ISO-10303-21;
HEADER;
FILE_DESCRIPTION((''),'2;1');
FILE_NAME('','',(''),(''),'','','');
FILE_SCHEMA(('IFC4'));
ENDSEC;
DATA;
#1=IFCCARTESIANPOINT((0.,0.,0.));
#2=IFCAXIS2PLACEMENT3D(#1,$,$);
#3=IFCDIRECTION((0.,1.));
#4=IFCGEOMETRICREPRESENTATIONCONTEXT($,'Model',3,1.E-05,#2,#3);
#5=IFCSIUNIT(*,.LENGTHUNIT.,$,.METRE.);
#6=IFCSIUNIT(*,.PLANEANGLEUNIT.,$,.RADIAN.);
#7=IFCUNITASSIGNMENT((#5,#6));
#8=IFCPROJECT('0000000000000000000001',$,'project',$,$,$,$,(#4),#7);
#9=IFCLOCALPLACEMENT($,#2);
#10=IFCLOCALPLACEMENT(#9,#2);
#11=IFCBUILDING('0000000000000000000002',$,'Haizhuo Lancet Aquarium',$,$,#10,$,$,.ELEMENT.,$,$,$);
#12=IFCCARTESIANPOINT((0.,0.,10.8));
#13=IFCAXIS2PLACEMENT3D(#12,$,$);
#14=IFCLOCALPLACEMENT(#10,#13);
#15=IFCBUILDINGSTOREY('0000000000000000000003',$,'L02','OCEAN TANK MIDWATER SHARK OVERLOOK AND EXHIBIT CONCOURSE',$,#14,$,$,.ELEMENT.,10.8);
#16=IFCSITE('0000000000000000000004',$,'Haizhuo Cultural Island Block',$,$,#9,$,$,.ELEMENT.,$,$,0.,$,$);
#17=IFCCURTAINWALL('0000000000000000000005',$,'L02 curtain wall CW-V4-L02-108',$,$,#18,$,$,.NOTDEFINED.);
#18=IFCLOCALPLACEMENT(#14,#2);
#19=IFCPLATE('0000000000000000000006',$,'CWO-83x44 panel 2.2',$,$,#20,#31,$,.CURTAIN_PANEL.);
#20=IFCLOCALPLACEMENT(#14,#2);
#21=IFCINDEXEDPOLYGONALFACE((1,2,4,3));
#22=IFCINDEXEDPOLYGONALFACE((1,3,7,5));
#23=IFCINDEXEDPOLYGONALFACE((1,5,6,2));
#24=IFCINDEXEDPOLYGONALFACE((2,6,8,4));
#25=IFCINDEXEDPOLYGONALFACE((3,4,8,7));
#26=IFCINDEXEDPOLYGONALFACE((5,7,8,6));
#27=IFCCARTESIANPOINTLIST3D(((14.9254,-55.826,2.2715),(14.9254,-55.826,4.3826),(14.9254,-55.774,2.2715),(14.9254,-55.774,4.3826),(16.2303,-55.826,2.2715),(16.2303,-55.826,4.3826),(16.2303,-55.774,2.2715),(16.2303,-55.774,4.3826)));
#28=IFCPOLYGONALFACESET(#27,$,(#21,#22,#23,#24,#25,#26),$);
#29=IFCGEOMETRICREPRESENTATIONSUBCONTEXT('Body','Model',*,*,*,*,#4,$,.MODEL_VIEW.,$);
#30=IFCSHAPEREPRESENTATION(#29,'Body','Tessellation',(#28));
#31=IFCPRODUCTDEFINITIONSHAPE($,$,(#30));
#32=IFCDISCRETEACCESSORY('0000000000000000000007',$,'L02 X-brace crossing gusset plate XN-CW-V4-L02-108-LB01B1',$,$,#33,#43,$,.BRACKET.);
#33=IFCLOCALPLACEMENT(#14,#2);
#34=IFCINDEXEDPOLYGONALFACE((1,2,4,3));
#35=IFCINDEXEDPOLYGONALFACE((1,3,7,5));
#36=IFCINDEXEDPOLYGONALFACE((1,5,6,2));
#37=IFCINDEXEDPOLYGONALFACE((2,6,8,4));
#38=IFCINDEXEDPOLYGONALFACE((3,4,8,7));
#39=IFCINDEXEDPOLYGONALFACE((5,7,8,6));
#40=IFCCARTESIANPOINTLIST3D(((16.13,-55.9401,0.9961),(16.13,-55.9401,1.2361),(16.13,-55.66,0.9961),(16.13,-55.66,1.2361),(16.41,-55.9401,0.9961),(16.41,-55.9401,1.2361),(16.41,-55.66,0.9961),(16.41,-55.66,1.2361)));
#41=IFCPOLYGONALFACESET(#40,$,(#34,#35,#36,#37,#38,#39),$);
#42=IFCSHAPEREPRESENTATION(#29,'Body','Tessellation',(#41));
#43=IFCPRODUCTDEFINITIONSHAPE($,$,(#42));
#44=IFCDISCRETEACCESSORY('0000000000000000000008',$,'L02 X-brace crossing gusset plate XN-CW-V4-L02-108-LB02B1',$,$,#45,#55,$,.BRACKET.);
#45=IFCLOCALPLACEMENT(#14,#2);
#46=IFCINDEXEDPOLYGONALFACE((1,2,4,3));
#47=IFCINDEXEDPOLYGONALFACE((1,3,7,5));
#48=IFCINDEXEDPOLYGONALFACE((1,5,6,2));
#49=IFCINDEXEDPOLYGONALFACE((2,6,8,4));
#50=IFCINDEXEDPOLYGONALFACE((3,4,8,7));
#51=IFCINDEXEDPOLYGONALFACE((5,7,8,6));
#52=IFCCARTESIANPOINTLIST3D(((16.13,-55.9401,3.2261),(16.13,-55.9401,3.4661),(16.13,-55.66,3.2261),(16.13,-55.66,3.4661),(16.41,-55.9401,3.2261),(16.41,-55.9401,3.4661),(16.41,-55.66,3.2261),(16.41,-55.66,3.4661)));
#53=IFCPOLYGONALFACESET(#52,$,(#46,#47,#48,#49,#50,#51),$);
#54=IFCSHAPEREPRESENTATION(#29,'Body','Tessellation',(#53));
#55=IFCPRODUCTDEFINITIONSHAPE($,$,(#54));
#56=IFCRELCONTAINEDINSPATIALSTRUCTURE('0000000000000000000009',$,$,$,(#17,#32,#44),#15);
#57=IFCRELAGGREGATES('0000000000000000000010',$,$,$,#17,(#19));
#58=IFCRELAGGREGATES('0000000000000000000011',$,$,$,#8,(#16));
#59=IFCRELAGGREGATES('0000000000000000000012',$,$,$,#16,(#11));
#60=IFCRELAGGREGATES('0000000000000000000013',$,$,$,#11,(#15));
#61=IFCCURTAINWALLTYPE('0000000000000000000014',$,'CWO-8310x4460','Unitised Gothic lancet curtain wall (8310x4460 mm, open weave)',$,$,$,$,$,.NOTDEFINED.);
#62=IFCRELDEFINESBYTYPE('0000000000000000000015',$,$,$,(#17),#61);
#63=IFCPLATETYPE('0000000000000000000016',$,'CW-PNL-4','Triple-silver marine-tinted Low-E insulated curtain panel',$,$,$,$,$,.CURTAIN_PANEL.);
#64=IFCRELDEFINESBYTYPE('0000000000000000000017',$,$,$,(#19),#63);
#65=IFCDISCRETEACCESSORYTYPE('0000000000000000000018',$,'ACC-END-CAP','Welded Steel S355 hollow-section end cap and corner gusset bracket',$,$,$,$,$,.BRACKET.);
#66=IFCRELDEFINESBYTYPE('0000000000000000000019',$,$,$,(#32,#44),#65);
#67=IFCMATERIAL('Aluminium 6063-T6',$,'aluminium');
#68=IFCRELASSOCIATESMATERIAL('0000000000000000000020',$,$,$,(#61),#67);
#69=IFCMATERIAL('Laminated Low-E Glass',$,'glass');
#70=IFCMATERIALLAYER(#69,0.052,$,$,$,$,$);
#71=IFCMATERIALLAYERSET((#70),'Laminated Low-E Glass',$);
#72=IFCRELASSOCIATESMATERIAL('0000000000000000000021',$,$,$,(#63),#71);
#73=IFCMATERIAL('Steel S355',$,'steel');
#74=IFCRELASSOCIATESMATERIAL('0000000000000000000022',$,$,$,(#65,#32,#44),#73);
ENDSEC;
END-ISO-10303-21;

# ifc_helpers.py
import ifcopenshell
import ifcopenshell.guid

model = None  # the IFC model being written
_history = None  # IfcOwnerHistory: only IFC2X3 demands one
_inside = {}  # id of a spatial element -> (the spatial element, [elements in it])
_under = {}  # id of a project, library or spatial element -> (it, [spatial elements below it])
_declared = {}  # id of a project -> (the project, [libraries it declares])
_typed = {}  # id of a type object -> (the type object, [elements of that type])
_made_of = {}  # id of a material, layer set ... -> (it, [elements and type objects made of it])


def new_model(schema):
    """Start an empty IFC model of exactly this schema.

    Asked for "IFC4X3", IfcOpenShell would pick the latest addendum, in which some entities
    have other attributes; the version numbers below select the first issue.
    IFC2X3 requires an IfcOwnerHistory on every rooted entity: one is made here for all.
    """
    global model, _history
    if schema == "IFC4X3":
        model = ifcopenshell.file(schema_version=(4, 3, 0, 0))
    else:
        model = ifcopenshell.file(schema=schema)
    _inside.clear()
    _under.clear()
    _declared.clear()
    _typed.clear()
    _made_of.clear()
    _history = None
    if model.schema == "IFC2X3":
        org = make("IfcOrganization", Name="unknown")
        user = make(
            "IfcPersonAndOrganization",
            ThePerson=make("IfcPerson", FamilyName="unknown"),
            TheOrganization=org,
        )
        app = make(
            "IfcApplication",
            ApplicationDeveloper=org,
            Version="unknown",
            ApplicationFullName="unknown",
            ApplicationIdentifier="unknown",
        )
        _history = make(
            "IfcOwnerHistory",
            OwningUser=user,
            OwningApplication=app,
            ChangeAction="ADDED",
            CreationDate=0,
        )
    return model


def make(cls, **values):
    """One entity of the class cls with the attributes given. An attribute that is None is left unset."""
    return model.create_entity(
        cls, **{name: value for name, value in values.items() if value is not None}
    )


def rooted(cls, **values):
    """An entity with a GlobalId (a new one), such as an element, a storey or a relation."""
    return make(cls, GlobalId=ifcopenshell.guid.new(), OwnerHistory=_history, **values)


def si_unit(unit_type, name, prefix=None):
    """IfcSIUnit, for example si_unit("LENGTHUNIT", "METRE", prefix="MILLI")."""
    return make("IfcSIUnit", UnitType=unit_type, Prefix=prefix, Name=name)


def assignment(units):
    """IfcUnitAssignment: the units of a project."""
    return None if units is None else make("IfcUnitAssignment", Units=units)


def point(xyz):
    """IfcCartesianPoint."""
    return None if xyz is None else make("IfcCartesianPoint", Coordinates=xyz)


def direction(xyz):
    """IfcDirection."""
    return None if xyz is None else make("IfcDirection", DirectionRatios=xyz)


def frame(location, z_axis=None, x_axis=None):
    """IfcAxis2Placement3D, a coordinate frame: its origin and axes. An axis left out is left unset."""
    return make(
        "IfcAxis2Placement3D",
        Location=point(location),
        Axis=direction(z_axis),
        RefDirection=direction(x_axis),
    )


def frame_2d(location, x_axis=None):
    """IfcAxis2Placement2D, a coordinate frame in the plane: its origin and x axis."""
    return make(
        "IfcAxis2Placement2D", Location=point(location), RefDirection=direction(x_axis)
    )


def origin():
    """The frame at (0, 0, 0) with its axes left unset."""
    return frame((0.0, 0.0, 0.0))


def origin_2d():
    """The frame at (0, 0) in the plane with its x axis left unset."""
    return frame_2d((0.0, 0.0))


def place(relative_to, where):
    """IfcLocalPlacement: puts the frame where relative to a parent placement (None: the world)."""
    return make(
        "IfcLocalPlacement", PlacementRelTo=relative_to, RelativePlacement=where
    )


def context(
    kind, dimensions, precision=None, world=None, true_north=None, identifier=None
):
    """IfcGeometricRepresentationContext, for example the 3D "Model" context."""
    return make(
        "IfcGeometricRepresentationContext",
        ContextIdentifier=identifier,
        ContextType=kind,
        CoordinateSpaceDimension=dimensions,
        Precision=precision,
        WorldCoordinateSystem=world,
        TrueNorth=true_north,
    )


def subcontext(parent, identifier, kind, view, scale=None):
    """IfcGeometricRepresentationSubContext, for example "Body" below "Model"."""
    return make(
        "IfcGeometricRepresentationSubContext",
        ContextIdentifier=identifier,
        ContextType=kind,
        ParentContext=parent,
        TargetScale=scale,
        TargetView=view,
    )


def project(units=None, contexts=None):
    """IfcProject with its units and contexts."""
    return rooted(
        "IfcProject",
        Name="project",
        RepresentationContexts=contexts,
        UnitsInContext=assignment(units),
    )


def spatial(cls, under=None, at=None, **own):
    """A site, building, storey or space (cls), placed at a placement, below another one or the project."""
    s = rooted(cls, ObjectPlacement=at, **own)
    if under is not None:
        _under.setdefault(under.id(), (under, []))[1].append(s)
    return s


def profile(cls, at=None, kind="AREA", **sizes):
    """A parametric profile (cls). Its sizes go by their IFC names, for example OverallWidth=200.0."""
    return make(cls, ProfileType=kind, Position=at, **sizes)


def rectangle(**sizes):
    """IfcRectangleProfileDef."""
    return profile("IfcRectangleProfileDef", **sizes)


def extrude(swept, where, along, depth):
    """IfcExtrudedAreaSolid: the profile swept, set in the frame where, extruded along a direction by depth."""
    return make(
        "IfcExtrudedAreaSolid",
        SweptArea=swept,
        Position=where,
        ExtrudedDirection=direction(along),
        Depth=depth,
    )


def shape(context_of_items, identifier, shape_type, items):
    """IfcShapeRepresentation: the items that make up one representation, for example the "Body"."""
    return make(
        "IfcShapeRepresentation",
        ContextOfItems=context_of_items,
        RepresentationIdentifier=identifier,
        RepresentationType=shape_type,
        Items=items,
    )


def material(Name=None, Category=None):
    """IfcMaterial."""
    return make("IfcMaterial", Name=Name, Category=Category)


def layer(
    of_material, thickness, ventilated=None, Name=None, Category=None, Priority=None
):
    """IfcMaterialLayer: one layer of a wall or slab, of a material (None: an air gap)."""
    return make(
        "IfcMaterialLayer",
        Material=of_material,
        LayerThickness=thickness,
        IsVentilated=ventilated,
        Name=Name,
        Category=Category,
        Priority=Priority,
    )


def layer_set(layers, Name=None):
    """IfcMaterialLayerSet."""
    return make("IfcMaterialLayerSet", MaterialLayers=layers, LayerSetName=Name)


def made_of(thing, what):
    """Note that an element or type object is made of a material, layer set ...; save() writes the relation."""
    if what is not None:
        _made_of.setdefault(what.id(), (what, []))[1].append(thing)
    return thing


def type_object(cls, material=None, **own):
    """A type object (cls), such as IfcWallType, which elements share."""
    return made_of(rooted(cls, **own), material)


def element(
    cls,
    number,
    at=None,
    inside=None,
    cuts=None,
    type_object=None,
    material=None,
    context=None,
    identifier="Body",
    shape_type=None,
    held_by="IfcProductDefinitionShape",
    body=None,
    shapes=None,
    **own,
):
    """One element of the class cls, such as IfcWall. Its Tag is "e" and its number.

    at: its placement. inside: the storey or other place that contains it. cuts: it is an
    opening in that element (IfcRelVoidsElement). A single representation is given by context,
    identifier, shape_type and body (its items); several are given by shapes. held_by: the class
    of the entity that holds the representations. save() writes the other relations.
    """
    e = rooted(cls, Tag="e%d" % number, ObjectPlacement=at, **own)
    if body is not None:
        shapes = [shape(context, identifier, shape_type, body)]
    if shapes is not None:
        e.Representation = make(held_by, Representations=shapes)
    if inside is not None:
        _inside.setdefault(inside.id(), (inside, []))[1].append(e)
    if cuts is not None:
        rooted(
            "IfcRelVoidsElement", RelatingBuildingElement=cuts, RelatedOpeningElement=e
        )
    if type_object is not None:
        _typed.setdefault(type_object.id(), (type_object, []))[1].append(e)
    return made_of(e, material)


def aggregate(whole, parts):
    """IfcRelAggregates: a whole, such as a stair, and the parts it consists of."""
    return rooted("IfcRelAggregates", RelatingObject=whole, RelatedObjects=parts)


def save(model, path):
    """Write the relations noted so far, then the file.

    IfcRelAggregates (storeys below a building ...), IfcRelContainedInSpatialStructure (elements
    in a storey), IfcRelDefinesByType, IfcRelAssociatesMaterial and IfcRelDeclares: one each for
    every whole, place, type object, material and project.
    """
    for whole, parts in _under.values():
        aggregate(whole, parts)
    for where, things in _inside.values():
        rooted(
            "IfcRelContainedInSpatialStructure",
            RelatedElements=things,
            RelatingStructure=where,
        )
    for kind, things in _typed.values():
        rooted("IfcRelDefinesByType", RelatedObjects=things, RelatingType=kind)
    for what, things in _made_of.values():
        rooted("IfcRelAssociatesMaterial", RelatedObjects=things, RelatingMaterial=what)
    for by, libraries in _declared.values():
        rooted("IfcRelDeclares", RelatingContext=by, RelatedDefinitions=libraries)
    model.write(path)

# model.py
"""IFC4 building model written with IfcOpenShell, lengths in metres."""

from ifc_helpers import new_model, si_unit, direction, frame, origin, origin_2d, place, context, subcontext, project, spatial, rectangle, extrude, material, layer, layer_set, type_object, element, aggregate, save


model = new_model("IFC4")

# Units and contexts
model_context = context("Model", 3, precision=1e-05, world=origin(), true_north=direction((0.0, 1.0)))
body_context = subcontext(model_context, "Body", "Model", "MODEL_VIEW")
ifc_project = project(units=[si_unit("LENGTHUNIT", "METRE"), si_unit("PLANEANGLEUNIT", "RADIAN")], contexts=[model_context])

# Site, building, storey
site_placement = place(None, origin())
site = spatial("IfcSite", under=ifc_project, at=site_placement, Name="Haizhuo Cultural Island Block", CompositionType="ELEMENT", RefElevation=0.0)
building_placement = place(site_placement, origin())
building = spatial("IfcBuilding", under=site, at=building_placement, Name="Haizhuo Lancet Aquarium", CompositionType="ELEMENT")
storey_placement = place(building_placement, frame((0.0, 0.0, 10.8)))
storey = spatial("IfcBuildingStorey", under=building, at=storey_placement, Name="L02", Description="OCEAN TANK MIDWATER SHARK OVERLOOK AND EXHIBIT CONCOURSE", CompositionType="ELEMENT", Elevation=10.8)

# Shared definitions
ifc_material_1 = material(Name="Steel S355", Category="steel")

# Curtain wall
ifc_material_2 = material(Name="Aluminium 6063-T6", Category="aluminium")
curtain_wall_type = type_object("IfcCurtainWallType", Name="CWO-8310x4460", Description="Unitised Gothic lancet curtain wall (8310x4460 mm, open weave)", PredefinedType="NOTDEFINED", material=ifc_material_2)
curtain_wall_placement = place(storey_placement, origin())
curtain_wall = element("IfcCurtainWall", 1, at=curtain_wall_placement, inside=storey, type_object=curtain_wall_type, Name="L02 curtain wall CW-V4-L02-108", PredefinedType="NOTDEFINED")

# Plate
ifc_material_3 = material(Name="Laminated Low-E Glass", Category="glass")
ifc_layer = layer(ifc_material_3, 0.052)
ifc_layer_set = layer_set([ifc_layer], Name="Laminated Low-E Glass")
plate_type = type_object("IfcPlateType", Name="CW-PNL-4", Description="Triple-silver marine-tinted Low-E insulated curtain panel", PredefinedType="CURTAIN_PANEL", material=ifc_layer_set)
plate_1_placement = place(storey_placement, frame((15.5779, -55.8, 2.2715), z_axis=(0.0, 0.0, 1.0), x_axis=(-1.0, 0.0, 0.0)))
plate_1 = element("IfcPlate", 2, at=plate_1_placement, type_object=plate_type, Name="CWO-83x44 panel 2.2", PredefinedType="CURTAIN_PANEL", context=body_context, shape_type="SweptSolid", body=[
    extrude(rectangle(XDim=1.3049, YDim=0.052, at=origin_2d()), origin(), (0.0, 0.0, 1.0), 2.1111),
])
aggregate(curtain_wall, [plate_1])

# Discrete accessories
discrete_accessory_type = type_object("IfcDiscreteAccessoryType", Name="ACC-END-CAP", Description="Welded Steel S355 hollow-section end cap and corner gusset bracket", PredefinedType="BRACKET", material=ifc_material_1)
for number, where, z_axis, x_axis, name in (
    (3, (16.27, -55.8, 0.9961), (0.0, 0.0, 1.0), (1.0, 0.0, 0.0), "L02 X-brace crossing gusset plate XN-CW-V4-L02-108-LB01B1"),
    (4, (16.27, -55.8, 3.2261), (0.0, 0.0, 1.0), (1.0, 0.0, 0.0), "L02 X-brace crossing gusset plate XN-CW-V4-L02-108-LB02B1"),
):
    element("IfcDiscreteAccessory", number, at=place(storey_placement, frame(where, z_axis=z_axis, x_axis=x_axis)), inside=storey, type_object=discrete_accessory_type, material=ifc_material_1, Name=name, PredefinedType="BRACKET", context=body_context, shape_type="SweptSolid", body=[
        extrude(rectangle(XDim=0.28, YDim=0.28, at=origin_2d()), origin(), (0.0, 0.0, 1.0), 0.24),
    ])

save(model, "model.ifc")
